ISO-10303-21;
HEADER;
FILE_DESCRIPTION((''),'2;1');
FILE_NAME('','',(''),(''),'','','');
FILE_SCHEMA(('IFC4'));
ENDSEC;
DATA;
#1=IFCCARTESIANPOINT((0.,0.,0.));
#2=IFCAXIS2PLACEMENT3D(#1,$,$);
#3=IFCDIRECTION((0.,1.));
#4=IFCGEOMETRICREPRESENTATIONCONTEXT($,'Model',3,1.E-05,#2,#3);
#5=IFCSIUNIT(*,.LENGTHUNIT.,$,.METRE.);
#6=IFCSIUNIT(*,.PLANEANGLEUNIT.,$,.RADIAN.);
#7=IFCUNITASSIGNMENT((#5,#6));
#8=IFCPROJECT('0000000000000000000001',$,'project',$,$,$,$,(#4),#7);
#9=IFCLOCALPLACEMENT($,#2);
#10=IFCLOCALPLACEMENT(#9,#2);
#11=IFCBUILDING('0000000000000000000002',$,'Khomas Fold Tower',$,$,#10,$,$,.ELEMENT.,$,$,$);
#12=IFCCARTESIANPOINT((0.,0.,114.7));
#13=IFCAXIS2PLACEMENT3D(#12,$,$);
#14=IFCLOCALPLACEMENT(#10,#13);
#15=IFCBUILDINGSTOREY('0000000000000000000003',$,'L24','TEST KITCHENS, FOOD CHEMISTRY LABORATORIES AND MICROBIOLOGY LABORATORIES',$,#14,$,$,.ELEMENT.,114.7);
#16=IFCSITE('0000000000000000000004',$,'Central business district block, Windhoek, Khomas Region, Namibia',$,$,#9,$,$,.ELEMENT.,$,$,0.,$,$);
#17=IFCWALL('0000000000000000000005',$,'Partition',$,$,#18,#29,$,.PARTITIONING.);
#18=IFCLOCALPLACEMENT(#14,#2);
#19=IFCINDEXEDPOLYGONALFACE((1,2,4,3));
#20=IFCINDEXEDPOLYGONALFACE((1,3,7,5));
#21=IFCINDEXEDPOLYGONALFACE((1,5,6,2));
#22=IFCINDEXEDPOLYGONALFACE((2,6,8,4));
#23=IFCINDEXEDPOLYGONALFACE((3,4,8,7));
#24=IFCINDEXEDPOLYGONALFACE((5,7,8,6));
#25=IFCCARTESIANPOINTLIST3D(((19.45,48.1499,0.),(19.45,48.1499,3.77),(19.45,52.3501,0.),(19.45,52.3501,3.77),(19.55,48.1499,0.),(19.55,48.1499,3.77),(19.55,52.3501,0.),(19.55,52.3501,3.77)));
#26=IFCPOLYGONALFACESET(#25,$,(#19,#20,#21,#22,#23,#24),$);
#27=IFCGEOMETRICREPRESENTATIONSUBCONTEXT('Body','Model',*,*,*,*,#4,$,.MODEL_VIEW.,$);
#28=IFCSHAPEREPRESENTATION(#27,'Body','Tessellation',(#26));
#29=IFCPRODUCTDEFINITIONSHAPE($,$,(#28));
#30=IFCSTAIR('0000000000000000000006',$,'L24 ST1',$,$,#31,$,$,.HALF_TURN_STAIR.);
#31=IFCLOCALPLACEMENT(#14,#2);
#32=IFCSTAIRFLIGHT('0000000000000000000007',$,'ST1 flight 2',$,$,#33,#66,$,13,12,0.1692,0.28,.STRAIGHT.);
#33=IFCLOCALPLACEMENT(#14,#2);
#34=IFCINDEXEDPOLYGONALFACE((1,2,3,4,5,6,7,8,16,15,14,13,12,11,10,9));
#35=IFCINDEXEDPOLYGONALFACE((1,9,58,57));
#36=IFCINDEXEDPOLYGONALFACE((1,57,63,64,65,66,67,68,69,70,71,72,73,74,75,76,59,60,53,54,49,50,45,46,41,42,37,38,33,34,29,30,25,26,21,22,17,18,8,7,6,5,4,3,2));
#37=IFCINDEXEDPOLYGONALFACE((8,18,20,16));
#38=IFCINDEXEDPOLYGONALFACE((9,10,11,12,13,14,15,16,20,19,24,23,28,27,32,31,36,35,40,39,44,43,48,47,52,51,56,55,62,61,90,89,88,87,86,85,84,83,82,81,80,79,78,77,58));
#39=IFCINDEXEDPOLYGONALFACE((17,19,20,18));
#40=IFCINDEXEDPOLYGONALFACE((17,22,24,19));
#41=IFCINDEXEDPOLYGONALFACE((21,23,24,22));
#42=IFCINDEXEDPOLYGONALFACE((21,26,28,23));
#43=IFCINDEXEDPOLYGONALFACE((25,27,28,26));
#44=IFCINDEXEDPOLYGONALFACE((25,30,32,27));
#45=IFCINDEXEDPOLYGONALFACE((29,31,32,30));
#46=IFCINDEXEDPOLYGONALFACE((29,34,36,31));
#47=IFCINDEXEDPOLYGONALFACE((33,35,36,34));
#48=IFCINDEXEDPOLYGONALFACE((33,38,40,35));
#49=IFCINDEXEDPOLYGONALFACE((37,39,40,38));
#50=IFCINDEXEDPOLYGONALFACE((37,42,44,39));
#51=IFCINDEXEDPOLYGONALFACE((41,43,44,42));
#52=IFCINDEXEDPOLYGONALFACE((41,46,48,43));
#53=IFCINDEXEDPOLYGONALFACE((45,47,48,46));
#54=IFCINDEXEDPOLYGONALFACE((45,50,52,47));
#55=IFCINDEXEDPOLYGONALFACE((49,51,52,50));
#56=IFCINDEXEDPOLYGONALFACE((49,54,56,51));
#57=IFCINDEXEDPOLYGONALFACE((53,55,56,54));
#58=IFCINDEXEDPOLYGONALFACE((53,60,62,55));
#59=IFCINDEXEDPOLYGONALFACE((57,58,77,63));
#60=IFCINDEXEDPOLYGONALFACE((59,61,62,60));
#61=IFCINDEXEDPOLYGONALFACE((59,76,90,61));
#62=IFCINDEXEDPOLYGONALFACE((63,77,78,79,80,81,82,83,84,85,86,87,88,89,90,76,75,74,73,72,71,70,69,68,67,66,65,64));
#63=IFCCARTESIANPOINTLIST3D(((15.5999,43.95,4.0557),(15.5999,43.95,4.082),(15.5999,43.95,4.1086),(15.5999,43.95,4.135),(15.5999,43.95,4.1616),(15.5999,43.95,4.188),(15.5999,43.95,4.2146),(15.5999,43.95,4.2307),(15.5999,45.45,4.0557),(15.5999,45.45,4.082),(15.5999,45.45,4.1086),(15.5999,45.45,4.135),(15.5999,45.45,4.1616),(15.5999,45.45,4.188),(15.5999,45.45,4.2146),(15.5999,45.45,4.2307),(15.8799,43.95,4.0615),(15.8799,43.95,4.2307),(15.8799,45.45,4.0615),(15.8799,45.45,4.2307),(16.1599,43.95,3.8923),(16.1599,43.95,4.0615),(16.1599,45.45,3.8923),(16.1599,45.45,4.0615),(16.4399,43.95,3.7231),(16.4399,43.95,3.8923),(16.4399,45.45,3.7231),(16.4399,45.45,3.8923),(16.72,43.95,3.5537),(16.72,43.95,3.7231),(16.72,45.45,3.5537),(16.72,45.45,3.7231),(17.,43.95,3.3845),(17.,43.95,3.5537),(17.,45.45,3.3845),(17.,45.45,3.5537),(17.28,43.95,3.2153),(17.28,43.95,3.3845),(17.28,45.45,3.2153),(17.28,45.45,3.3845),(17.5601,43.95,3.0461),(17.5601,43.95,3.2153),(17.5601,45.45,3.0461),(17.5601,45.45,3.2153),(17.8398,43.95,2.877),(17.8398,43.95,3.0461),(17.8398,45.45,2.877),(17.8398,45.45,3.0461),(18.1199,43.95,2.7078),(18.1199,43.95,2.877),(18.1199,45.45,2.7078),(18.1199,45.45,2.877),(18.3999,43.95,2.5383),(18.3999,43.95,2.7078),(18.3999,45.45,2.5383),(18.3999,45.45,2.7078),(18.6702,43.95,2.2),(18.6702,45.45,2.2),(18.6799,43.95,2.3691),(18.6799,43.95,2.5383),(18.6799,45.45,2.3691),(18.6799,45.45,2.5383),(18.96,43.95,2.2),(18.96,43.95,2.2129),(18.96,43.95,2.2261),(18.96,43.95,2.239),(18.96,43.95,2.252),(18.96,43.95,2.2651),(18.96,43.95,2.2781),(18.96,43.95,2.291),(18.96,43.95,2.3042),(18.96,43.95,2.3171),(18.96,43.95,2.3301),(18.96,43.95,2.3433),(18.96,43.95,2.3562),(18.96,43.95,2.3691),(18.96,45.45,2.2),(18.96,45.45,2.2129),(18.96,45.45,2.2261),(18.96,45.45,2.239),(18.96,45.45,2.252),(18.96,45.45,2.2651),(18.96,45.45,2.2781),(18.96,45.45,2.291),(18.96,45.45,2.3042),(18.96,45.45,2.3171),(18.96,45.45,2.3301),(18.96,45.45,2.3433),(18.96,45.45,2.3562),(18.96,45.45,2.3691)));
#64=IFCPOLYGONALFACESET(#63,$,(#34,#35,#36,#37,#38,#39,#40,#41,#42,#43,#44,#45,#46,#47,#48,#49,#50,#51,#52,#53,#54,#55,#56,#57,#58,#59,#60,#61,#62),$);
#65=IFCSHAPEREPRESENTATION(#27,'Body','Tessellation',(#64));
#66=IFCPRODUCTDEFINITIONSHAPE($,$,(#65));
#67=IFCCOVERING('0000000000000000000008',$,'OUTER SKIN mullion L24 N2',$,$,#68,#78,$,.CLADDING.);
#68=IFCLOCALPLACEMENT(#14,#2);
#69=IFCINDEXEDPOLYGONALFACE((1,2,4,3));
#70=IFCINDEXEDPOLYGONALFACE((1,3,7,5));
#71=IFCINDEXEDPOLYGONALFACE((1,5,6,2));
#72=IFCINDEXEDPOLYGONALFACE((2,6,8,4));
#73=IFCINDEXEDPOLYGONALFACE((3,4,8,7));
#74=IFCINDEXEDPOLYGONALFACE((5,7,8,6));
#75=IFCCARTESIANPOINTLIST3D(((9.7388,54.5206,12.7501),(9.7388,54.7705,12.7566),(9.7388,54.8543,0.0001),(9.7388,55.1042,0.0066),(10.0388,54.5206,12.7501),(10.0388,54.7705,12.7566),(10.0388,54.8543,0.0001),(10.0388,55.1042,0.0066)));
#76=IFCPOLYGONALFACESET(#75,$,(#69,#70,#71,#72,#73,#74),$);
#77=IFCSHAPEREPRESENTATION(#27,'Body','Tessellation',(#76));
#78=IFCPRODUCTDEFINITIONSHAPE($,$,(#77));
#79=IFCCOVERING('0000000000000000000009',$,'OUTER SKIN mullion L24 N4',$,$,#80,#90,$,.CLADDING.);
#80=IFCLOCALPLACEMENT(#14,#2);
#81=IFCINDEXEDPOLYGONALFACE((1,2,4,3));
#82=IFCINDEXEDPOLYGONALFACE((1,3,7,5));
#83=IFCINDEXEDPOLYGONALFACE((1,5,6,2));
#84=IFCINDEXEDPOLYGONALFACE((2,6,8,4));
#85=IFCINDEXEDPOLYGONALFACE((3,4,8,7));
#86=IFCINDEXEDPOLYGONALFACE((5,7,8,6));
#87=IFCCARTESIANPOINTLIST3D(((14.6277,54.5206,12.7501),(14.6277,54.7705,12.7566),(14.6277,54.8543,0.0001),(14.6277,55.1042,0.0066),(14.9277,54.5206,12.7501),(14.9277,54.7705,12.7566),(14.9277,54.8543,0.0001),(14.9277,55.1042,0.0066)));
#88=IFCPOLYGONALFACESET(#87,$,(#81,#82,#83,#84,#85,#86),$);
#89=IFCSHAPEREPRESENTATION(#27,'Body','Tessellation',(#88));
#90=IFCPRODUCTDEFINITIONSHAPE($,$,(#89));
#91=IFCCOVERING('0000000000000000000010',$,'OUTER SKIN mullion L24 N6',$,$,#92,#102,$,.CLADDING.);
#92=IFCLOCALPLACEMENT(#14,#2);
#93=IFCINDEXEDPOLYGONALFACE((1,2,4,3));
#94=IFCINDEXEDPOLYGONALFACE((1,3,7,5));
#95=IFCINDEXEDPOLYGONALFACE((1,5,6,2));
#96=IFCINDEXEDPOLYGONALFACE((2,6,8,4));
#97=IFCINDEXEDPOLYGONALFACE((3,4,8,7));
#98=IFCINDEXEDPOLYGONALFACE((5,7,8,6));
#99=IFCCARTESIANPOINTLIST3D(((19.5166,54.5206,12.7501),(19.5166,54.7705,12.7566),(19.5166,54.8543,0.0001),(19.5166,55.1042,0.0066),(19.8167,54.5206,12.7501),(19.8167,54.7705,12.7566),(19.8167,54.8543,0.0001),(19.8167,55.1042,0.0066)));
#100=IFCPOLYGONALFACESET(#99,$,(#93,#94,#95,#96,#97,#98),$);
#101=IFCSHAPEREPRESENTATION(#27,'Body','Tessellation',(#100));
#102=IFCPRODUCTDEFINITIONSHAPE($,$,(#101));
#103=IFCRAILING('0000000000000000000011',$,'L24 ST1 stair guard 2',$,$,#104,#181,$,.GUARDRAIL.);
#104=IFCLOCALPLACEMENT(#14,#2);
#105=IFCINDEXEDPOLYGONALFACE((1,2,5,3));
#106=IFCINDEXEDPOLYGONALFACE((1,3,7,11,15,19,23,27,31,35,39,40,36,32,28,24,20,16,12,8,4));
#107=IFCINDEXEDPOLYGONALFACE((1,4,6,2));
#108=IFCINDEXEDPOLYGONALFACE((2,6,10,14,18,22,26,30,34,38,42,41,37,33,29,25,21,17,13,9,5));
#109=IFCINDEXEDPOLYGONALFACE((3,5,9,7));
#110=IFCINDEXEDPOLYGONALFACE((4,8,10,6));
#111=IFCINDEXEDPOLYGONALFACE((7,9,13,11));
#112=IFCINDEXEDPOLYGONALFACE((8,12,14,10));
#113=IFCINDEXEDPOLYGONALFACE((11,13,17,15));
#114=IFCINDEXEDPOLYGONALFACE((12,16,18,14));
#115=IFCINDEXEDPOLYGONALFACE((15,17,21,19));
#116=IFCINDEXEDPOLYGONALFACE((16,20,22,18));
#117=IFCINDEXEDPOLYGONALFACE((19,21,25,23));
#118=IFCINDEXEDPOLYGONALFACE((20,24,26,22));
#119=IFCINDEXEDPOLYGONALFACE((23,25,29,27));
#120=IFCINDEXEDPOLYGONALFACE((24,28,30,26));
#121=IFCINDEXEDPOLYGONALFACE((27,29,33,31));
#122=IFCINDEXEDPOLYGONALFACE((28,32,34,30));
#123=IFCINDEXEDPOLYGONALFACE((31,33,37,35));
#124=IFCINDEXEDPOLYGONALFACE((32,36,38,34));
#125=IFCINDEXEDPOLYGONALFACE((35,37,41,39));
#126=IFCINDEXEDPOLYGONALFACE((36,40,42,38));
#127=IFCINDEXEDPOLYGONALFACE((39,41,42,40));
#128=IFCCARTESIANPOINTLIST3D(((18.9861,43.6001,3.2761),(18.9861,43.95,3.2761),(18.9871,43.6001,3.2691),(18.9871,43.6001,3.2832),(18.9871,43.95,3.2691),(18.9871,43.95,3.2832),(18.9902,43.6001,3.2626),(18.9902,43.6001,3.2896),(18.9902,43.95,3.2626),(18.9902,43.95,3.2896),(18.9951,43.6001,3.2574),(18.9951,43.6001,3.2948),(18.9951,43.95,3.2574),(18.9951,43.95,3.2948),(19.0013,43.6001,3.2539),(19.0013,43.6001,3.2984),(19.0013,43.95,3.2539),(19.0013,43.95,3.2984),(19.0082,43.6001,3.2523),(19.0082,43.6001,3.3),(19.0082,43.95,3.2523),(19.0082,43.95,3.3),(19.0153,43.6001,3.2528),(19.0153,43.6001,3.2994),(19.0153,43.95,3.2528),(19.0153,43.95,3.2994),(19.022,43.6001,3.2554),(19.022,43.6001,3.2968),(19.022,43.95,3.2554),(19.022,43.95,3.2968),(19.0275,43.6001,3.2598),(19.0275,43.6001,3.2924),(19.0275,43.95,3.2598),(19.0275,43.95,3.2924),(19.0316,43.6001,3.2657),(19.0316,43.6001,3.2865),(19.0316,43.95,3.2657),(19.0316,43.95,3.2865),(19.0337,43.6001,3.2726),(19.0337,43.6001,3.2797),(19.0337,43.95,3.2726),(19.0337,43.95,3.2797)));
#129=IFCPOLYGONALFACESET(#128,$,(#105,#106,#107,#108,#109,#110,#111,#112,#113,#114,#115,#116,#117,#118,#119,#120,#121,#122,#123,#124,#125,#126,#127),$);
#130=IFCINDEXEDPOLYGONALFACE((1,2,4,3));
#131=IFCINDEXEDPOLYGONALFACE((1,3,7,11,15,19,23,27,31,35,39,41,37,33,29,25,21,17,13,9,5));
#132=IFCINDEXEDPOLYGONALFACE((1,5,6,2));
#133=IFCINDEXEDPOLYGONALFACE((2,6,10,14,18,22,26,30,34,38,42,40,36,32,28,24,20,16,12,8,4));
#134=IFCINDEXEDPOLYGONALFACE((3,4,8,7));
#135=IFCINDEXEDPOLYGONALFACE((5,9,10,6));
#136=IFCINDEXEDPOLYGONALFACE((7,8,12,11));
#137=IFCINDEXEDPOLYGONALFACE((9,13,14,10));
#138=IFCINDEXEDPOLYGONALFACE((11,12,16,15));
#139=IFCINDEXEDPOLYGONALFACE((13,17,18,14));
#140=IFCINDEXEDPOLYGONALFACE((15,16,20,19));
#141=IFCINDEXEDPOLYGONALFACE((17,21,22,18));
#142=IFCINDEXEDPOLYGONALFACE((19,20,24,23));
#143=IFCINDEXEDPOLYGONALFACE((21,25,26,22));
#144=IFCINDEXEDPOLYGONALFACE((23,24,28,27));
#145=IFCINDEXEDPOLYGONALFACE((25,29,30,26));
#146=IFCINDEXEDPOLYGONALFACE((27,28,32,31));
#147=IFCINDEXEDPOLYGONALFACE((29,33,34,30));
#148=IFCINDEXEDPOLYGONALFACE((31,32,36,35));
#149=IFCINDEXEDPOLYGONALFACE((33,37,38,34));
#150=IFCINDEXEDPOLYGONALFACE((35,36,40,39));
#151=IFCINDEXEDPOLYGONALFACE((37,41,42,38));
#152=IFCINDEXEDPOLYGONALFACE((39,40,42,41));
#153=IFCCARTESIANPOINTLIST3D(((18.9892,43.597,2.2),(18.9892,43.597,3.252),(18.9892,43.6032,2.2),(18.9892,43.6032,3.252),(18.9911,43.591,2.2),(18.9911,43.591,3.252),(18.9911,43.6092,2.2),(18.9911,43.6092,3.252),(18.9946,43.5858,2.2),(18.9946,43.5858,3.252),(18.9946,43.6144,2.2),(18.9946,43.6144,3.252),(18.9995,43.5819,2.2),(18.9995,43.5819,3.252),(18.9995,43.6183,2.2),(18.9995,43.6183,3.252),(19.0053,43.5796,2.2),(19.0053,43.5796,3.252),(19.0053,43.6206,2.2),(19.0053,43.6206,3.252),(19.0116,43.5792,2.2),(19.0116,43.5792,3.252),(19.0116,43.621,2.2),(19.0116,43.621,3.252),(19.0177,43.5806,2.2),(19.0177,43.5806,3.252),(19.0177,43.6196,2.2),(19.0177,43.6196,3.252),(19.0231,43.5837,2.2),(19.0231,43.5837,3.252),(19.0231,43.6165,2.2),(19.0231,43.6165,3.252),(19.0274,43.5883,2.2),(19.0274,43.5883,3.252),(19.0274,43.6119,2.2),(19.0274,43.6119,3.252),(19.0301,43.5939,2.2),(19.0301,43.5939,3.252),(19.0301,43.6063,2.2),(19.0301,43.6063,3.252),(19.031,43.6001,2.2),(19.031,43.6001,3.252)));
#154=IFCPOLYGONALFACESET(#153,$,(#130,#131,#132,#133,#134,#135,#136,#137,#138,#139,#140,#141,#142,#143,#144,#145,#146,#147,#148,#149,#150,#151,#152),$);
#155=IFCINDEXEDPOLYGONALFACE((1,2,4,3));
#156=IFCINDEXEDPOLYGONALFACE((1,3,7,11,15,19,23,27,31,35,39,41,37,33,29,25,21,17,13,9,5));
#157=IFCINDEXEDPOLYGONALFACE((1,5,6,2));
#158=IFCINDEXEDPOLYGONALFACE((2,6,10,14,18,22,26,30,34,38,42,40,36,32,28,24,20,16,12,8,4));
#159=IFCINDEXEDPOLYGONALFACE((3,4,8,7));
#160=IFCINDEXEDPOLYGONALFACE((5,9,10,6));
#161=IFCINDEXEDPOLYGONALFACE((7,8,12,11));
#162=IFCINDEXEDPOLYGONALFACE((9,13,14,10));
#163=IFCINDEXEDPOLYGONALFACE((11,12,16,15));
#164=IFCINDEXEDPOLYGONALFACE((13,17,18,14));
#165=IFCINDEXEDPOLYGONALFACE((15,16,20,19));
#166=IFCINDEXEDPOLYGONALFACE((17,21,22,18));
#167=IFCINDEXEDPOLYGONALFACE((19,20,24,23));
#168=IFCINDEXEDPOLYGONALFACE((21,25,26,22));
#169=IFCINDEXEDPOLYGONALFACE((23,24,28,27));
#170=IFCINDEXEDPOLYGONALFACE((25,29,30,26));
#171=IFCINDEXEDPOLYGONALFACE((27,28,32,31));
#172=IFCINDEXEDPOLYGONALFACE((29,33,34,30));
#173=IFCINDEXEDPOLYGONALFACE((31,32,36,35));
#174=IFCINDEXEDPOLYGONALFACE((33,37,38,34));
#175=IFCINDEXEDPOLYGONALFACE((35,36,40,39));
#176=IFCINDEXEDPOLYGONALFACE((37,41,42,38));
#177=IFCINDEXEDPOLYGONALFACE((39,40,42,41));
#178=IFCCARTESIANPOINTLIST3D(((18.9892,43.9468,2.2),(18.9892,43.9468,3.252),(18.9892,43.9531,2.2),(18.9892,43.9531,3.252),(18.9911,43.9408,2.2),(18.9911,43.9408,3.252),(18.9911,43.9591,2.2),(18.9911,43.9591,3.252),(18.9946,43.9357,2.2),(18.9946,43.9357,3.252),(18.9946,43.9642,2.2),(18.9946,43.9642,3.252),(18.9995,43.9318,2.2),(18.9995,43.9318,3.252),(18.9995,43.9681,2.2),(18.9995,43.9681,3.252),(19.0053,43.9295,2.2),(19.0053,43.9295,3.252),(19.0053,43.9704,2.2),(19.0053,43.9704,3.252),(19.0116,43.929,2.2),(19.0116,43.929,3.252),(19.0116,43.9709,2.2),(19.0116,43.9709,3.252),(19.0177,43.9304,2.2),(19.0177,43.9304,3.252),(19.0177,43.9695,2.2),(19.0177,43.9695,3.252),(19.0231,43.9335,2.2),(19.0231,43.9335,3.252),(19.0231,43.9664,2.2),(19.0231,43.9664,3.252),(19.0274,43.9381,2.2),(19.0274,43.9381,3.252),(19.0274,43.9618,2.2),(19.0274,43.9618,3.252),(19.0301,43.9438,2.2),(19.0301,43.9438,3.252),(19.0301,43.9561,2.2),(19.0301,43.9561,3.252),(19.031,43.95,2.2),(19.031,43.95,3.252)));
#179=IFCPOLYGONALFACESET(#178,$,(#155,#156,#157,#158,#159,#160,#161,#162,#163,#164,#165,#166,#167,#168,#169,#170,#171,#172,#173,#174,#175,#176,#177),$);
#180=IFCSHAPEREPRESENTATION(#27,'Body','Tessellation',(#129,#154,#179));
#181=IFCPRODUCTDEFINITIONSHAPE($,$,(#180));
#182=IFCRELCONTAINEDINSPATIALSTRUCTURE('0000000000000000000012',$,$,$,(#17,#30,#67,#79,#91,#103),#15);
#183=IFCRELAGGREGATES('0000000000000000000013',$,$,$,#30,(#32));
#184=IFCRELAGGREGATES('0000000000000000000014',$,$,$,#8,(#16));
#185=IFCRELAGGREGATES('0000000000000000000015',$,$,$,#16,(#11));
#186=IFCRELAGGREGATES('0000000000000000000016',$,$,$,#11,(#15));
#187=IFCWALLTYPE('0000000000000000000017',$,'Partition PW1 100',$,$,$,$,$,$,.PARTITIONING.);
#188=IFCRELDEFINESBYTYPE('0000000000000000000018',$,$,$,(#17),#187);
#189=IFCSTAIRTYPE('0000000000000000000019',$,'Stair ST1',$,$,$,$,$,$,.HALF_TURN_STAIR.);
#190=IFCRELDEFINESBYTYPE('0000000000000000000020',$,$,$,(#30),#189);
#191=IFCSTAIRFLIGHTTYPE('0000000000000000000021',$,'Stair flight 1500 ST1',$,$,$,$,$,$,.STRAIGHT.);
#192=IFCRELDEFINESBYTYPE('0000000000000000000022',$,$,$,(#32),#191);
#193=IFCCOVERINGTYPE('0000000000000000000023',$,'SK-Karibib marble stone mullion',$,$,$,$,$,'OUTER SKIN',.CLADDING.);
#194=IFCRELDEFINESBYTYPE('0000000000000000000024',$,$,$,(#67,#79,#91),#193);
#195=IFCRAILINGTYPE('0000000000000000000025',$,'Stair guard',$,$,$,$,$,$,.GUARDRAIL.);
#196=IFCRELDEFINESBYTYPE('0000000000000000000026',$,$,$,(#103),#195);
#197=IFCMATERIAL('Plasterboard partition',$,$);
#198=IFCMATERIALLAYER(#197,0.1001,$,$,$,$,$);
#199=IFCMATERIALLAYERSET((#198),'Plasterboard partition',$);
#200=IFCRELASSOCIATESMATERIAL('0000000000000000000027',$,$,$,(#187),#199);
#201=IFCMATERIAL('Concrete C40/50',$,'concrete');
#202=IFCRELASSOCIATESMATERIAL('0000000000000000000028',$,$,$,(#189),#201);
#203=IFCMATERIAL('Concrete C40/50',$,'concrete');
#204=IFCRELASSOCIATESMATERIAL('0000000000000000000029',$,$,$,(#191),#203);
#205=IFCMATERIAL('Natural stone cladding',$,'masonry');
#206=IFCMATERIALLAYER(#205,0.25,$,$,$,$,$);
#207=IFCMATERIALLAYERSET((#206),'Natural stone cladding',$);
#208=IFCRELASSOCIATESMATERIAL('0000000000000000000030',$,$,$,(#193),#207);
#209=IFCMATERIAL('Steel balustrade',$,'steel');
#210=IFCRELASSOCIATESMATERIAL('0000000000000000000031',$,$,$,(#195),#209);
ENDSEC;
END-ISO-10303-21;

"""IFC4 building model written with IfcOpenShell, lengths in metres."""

from ifc_helpers import new_model, si_unit, direction, frame, frame_2d, origin, origin_2d, place, context, subcontext, project, spatial, polyline, rectangle, circle, outline, extrude, source, transform, mapped, material, layer, layer_set, type_object, element, aggregate, save


model = new_model("IFC4")

# Units and contexts
model_context = context("Model", 3, precision=1e-05, world=origin(), true_north=direction((0.0, 1.0)))
body_context = subcontext(model_context, "Body", "Model", "MODEL_VIEW")
ifc_project = project(units=[si_unit("LENGTHUNIT", "METRE"), si_unit("PLANEANGLEUNIT", "RADIAN")], contexts=[model_context])

# Site, building, storey
site_placement = place(None, origin())
site = spatial("IfcSite", under=ifc_project, at=site_placement, Name="Central business district block, Windhoek, Khomas Region, Namibia", CompositionType="ELEMENT", RefElevation=0.0)
building_placement = place(site_placement, origin())
building = spatial("IfcBuilding", under=site, at=building_placement, Name="Khomas Fold Tower", CompositionType="ELEMENT")
storey_placement = place(building_placement, frame((0.0, 0.0, 114.7)))
storey = spatial("IfcBuildingStorey", under=building, at=storey_placement, Name="L24", Description="TEST KITCHENS, FOOD CHEMISTRY LABORATORIES AND MICROBIOLOGY LABORATORIES", CompositionType="ELEMENT", Elevation=114.7)

# Wall
ifc_material_1 = material(Name="Plasterboard partition")
ifc_layer_1 = layer(ifc_material_1, 0.1001)
ifc_layer_set_1 = layer_set([ifc_layer_1], Name="Plasterboard partition")
wall_type_1 = type_object("IfcWallType", Name="Partition PW1 100", PredefinedType="PARTITIONING", material=ifc_layer_set_1)
shared_shape_1 = source(origin(), body_context, "Body", "SweptSolid", [
    extrude(rectangle(XDim=4.2002, YDim=0.1001, at=frame_2d((2.1001, 0.0))), origin(), (0.0, 0.0, 1.0), 3.77),
])
wall_1_placement = place(storey_placement, frame((19.5, 48.1499, 0.0), z_axis=(0.0, 0.0, 1.0), x_axis=(0.0, 1.0, 0.0)))
element("IfcWall", 1, at=wall_1_placement, inside=storey, type_object=wall_type_1, Name="Partition", PredefinedType="PARTITIONING", context=body_context, shape_type="MappedRepresentation", body=[
    mapped(shared_shape_1, transform((0.0, 0.0, 0.0))),
])

# Stair, stair flight
ifc_material_2 = material(Name="Concrete C40/50", Category="concrete")
stair_type = type_object("IfcStairType", Name="Stair ST1", PredefinedType="HALF_TURN_STAIR", material=ifc_material_2)
stair_placement = place(storey_placement, origin())
stair = element("IfcStair", 2, at=stair_placement, inside=storey, type_object=stair_type, Name="L24 ST1", PredefinedType="HALF_TURN_STAIR")
ifc_material_3 = material(Name="Concrete C40/50", Category="concrete")
stair_flight_type = type_object("IfcStairFlightType", Name="Stair flight 1500 ST1", PredefinedType="STRAIGHT", material=ifc_material_3)
shared_shape_2 = source(origin(), body_context, "Body", "SweptSolid", [
    extrude(outline(polyline([(0.0, 0.0), (0.0, 0.0129), (0.0, 0.0261), (0.0, 0.0391), (0.0, 0.052), (0.0, 0.0652), (0.0, 0.0781), (0.0, 0.0911), (0.0, 0.1042), (0.0, 0.1172), (0.0, 0.1301), (0.0, 0.1433), (0.0, 0.1562), (0.0, 0.1692), (0.28, 0.1692), (0.28, 0.3384), (0.5601, 0.3384), (0.5601, 0.5078), (0.8401, 0.5078), (0.8401, 0.677), (1.1201, 0.677), (1.1201, 0.8462), (1.3999, 0.8462), (1.3999, 1.0154), (1.6799, 1.0154), (1.6799, 1.1846), (1.96, 1.1846), (1.96, 1.3538), (2.24, 1.3538), (2.24, 1.5232), (2.52, 1.5232), (2.52, 1.6924), (2.8, 1.6924), (2.8, 1.8616), (3.0801, 1.8616), (3.0801, 2.0308), (3.3601, 2.0308), (3.3601, 2.2), (3.3601, 2.1736), (3.3601, 2.147), (3.3601, 2.1206), (3.3601, 2.094), (3.3601, 2.0676), (3.3601, 2.041), (3.3601, 2.0146), (3.3601, 1.988), (3.3601, 1.9617), (3.3601, 1.9351), (3.3601, 1.9087), (3.3601, 1.8821), (3.3601, 1.8557), (0.2898, 0.0), (0.0, 0.0)])), frame((0.0, 0.75, 0.0), z_axis=(0.0, -1.0, 0.0), x_axis=(1.0, 0.0, 0.0)), (0.0, 0.0, 1.0), 1.5),
])
stair_flight_placement = place(storey_placement, frame((18.96, 44.7, 2.2), z_axis=(0.0, 0.0, 1.0), x_axis=(-1.0, 0.0, 0.0)))
stair_flight = element("IfcStairFlight", 3, at=stair_flight_placement, type_object=stair_flight_type, Name="ST1 flight 2", NumberOfRisers=13, NumberOfTreads=12, PredefinedType="STRAIGHT", RiserHeight=0.1692, TreadLength=0.28, context=body_context, shape_type="MappedRepresentation", body=[
    mapped(shared_shape_2, transform((0.0, 0.0, 0.0))),
])
aggregate(stair, [stair_flight])

# Coverings
ifc_material_4 = material(Name="Natural stone cladding", Category="masonry")
ifc_layer_2 = layer(ifc_material_4, 0.25)
ifc_layer_set_2 = layer_set([ifc_layer_2], Name="Natural stone cladding")
covering_type = type_object("IfcCoveringType", Name="SK-Karibib marble stone mullion", ElementType="OUTER SKIN", PredefinedType="CLADDING", material=ifc_layer_set_2)
for number, where, z_axis, x_axis, name in (
    (4, (9.7388, 55.1042, 0.0066), (0.0, 0.999658, 0.026167), (1.0, 0.0, 0.0), "OUTER SKIN mullion L24 N2"),
    (5, (14.6277, 55.1042, 0.0066), (0.0, 0.999658, 0.026167), (1.0, 0.0, 0.0), "OUTER SKIN mullion L24 N4"),
    (6, (19.5166, 55.1042, 0.0066), (0.0, 0.999658, 0.026167), (1.0, 0.0, 0.0), "OUTER SKIN mullion L24 N6"),
):
    element("IfcCovering", number, at=place(storey_placement, frame(where, z_axis=z_axis, x_axis=x_axis)), inside=storey, type_object=covering_type, Name=name, PredefinedType="CLADDING", context=body_context, shape_type="SweptSolid", body=[
        extrude(outline(polyline([(0.0, 0.0), (0.3, 0.0), (0.3, -12.7544), (0.0, -12.7544), (0.0, 0.0)])), origin(), (0.0, 0.0, -1.0), 0.25),
    ])

# Railing
ifc_material_5 = material(Name="Steel balustrade", Category="steel")
railing_type_1 = type_object("IfcRailingType", Name="Stair guard", PredefinedType="GUARDRAIL", material=ifc_material_5)
shared_shape_3 = source(origin(), body_context, "Body", "SweptSolid", [
    extrude(circle(Radius=0.0239, at=origin_2d()), frame((0.0, 0.0, 1.0762), z_axis=(0.0, 1.0, 0.0), x_axis=(-1.0, 0.0, 0.0)), (0.0, 0.0, 1.0), 0.3499),
    extrude(circle(Radius=0.021, at=origin_2d()), origin(), (0.0, 0.0, 1.0), 1.052),
    extrude(circle(Radius=0.021, at=origin_2d()), frame((0.0, 0.3499, 0.0)), (0.0, 0.0, 1.0), 1.052),
])
for number, where, name in (
    (7, (19.01, 43.6001, 2.2), "L24 ST1 stair guard 2"),
):
    element("IfcRailing", number, at=place(storey_placement, frame(where)), inside=storey, type_object=railing_type_1, Name=name, PredefinedType="GUARDRAIL", context=body_context, shape_type="MappedRepresentation", body=[
        mapped(shared_shape_3, transform((0.0, 0.0, 0.0))),
    ])

save(model, "model.ifc")
